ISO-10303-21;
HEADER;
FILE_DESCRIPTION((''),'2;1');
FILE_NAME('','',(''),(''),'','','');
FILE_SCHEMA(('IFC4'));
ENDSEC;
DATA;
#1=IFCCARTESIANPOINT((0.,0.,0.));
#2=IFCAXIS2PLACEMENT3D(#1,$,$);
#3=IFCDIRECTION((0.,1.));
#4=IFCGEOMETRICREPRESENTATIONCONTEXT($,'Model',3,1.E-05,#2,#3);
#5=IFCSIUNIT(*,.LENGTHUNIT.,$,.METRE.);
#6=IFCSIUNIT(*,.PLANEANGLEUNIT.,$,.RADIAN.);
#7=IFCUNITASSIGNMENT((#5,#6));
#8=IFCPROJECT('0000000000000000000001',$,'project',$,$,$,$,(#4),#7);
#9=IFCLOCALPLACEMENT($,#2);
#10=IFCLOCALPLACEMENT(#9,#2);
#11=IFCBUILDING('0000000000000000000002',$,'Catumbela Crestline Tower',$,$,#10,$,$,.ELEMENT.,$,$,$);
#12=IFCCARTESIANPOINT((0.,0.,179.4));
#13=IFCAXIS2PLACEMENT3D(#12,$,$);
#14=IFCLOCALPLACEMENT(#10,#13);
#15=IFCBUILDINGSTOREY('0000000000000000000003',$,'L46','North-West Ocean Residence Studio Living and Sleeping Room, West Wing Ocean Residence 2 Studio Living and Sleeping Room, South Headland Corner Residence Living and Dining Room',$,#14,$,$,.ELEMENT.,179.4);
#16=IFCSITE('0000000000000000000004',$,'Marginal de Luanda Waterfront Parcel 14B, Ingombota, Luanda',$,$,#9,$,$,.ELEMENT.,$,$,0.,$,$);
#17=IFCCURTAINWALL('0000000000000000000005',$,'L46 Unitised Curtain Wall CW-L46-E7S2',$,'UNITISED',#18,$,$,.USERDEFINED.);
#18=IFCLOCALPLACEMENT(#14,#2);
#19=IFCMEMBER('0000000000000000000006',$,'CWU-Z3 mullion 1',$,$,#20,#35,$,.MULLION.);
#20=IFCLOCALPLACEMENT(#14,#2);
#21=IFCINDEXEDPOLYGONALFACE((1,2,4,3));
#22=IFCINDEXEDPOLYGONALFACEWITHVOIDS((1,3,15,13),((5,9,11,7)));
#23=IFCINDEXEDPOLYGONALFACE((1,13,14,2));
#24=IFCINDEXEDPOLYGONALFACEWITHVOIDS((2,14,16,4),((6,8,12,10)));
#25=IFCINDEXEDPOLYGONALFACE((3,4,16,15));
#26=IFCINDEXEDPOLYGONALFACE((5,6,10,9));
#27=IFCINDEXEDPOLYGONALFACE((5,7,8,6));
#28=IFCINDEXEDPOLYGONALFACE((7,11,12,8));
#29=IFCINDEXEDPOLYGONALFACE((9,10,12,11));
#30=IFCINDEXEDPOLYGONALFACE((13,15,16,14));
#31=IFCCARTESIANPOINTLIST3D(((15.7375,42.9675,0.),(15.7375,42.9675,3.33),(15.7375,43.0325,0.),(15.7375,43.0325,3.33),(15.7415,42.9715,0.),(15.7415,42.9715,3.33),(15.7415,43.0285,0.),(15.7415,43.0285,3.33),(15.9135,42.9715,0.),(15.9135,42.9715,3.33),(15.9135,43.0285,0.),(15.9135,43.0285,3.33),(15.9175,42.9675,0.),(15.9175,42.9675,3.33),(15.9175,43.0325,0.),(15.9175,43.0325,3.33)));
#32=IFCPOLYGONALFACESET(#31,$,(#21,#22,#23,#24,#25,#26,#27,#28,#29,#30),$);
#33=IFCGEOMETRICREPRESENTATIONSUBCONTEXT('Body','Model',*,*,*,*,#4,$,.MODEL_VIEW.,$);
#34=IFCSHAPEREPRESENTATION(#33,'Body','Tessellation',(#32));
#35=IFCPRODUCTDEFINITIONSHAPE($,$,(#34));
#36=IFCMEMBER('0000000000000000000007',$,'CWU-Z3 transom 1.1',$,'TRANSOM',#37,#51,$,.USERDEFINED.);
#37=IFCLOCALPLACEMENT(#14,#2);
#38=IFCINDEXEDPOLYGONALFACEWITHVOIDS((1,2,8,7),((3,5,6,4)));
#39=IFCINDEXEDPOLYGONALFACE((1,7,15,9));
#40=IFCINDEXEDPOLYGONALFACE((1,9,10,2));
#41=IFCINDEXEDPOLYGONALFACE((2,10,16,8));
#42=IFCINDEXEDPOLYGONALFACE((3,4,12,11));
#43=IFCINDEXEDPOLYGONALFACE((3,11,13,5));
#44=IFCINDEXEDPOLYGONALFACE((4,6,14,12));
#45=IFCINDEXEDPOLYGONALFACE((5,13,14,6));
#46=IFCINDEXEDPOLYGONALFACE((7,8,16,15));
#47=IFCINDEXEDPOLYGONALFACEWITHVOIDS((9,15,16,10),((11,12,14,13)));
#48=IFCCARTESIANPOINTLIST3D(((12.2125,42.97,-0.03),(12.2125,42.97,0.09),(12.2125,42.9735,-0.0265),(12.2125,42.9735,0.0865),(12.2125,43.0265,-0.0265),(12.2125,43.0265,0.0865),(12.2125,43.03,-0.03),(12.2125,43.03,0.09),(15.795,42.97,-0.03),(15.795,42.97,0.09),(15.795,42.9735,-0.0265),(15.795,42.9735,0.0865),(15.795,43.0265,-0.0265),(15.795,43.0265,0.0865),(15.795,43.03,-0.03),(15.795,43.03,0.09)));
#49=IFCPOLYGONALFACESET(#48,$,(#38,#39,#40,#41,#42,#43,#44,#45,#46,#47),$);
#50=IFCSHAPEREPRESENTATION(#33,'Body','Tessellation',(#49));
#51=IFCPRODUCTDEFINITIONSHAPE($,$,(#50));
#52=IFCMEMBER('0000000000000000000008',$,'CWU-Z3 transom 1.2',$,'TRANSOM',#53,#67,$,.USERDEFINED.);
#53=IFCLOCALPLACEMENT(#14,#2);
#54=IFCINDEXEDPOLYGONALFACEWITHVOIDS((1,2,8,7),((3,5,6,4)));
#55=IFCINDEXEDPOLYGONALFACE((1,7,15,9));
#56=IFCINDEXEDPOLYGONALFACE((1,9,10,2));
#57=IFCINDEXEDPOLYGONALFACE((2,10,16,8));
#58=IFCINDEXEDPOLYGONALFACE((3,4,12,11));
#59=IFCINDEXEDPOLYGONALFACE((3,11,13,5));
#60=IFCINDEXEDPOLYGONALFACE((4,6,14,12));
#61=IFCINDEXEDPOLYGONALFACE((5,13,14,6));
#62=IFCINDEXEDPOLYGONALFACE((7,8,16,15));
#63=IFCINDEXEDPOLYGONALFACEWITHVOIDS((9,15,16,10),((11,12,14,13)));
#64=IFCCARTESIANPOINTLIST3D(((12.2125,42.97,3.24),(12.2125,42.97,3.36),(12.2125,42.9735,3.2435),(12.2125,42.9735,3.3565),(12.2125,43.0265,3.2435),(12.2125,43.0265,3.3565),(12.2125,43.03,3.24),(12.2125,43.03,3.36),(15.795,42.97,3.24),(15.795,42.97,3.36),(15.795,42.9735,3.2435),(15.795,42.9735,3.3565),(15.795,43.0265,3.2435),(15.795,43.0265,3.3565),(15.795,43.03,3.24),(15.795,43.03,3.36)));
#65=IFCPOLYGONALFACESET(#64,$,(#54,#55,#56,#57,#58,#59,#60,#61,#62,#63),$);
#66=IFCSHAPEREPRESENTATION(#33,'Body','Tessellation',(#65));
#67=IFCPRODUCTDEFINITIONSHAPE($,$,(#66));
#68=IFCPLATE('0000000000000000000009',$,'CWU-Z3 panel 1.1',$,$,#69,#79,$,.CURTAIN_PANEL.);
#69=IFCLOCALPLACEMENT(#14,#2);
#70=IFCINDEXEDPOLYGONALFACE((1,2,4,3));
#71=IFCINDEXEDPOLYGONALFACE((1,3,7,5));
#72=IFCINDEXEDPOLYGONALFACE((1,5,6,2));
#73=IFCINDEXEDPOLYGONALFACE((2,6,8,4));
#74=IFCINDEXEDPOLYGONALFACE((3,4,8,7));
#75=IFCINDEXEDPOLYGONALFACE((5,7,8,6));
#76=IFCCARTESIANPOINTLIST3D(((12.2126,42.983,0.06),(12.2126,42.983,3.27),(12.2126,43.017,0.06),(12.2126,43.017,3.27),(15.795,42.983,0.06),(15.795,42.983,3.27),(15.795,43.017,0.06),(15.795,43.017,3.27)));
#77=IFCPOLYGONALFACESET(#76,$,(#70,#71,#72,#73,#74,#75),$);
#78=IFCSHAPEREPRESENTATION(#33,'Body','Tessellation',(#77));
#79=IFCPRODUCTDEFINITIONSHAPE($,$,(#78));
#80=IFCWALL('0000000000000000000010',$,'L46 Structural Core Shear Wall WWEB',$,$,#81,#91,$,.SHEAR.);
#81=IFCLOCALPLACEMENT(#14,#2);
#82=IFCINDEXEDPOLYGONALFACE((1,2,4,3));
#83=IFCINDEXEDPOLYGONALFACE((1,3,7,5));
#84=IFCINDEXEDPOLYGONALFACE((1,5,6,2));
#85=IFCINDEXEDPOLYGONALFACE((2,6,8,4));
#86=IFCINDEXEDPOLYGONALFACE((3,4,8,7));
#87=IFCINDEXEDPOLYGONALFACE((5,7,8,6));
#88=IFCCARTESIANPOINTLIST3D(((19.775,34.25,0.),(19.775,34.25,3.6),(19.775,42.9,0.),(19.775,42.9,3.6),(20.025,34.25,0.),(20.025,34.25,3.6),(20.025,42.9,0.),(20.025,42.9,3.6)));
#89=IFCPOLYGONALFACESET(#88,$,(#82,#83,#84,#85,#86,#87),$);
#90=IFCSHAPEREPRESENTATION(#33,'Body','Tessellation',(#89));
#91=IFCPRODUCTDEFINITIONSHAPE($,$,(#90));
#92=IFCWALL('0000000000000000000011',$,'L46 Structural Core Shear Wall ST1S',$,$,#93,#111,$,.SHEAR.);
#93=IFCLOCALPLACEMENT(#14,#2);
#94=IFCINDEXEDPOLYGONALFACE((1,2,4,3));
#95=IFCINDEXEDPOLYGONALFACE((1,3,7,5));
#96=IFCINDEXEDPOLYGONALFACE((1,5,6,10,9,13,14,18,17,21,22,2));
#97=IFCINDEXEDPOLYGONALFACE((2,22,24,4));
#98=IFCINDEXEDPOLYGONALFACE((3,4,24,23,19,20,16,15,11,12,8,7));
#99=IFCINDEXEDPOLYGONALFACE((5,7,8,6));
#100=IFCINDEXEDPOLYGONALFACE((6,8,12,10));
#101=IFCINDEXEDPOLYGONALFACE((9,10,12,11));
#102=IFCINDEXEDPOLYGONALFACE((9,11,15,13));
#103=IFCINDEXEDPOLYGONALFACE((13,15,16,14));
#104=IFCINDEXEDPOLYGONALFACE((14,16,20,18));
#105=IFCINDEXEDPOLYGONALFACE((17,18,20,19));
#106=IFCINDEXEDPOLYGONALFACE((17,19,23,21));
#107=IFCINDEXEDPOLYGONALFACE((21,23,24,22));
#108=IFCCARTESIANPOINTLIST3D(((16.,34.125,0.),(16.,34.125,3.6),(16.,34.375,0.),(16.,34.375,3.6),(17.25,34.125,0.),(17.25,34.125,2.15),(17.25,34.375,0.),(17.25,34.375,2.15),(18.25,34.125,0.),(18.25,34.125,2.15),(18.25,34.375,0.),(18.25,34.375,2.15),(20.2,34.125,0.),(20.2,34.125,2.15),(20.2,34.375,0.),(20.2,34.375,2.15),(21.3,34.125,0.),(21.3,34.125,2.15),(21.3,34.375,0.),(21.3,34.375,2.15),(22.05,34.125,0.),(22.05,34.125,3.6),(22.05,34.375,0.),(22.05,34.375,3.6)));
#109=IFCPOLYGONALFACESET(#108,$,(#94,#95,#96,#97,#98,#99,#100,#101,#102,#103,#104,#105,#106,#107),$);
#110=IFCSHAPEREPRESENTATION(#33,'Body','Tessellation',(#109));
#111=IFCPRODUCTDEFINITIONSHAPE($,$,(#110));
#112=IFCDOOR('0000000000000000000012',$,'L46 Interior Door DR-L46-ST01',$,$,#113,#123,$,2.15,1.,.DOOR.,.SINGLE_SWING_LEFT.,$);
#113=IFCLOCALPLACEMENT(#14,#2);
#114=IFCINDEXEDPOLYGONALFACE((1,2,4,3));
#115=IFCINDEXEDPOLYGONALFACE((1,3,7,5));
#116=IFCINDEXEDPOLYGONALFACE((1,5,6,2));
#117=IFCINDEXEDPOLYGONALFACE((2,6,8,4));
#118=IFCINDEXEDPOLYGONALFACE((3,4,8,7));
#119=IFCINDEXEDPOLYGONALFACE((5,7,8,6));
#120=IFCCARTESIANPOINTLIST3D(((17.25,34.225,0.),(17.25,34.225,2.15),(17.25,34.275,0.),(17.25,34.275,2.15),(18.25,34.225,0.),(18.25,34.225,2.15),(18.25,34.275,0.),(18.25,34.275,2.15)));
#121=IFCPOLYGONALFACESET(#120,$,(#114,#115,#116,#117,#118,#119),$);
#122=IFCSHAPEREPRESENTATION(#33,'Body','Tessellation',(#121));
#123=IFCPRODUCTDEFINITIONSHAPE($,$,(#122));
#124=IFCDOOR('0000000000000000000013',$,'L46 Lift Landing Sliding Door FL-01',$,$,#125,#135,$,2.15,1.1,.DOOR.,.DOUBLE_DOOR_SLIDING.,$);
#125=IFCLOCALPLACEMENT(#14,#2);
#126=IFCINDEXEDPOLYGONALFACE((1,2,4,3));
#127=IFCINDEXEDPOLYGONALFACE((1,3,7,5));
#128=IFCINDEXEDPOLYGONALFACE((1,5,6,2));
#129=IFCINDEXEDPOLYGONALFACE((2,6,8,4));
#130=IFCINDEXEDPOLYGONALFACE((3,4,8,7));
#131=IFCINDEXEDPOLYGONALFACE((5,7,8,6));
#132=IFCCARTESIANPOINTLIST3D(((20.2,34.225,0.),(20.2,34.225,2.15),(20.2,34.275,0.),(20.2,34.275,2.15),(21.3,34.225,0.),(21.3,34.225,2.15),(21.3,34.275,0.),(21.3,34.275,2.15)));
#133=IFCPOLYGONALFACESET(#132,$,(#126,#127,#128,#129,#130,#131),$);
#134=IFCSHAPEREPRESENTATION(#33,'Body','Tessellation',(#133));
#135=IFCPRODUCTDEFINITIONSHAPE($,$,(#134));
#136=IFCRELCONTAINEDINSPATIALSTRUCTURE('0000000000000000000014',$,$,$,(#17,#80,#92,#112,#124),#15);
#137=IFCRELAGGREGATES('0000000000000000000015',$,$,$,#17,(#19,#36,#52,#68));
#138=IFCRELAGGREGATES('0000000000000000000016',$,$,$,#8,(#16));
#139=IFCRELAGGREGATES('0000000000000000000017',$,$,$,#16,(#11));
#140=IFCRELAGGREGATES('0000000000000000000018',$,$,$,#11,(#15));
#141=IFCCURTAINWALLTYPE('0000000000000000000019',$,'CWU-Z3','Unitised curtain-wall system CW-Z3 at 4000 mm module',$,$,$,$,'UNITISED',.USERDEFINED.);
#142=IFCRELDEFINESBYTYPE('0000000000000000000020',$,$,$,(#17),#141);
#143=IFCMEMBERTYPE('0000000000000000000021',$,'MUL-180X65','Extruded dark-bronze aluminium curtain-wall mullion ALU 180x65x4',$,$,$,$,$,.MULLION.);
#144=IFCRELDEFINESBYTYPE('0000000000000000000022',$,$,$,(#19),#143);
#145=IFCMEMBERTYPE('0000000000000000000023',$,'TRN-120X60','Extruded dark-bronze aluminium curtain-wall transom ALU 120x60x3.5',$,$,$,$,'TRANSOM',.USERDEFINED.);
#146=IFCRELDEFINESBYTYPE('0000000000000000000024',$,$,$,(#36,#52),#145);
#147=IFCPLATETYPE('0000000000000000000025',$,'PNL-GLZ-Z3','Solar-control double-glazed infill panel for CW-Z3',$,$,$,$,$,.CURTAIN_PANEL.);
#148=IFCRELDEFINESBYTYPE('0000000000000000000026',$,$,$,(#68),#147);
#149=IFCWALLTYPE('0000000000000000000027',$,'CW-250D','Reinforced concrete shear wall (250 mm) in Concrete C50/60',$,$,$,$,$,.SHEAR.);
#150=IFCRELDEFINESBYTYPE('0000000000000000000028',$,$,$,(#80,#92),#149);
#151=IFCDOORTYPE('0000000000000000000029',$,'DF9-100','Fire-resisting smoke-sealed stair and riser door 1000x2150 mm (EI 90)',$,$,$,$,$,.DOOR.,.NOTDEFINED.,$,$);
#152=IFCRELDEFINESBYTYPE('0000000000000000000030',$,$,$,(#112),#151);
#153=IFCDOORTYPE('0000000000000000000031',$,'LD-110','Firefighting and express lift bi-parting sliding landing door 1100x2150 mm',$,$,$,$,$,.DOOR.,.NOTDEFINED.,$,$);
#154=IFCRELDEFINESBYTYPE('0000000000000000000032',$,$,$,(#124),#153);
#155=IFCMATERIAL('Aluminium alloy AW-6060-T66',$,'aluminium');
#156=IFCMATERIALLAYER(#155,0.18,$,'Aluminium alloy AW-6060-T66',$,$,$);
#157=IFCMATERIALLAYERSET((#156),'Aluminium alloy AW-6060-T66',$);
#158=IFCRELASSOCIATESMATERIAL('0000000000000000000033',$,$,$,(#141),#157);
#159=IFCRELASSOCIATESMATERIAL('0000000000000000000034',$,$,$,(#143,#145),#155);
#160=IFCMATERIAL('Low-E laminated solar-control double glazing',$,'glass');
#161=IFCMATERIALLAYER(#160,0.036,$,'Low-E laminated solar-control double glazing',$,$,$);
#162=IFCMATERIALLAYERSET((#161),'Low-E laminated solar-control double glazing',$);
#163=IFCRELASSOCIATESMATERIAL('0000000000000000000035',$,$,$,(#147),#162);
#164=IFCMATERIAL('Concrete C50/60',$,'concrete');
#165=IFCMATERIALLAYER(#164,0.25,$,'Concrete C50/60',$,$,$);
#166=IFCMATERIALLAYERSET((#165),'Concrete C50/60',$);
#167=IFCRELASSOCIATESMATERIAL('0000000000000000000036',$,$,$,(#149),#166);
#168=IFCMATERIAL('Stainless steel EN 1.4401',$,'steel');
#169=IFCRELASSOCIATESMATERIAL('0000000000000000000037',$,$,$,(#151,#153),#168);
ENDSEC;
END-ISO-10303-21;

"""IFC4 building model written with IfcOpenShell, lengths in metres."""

from ifc_helpers import new_model, si_unit, direction, frame, frame_2d, origin, origin_2d, place, context, subcontext, project, spatial, rectangle, hollow_rectangle, extrude, material, layer, layer_set, material_profile, profile_set, type_object, element, fill, aggregate, save


model = new_model("IFC4")

# Units and contexts
model_context = context("Model", 3, precision=1e-05, world=origin(), true_north=direction((0.0, 1.0)))
body_context = subcontext(model_context, "Body", "Model", "MODEL_VIEW")
ifc_project = project(units=[si_unit("LENGTHUNIT", "METRE"), si_unit("PLANEANGLEUNIT", "RADIAN")], contexts=[model_context])

# Site, building, storey
site_placement = place(None, origin())
site = spatial("IfcSite", under=ifc_project, at=site_placement, Name="Marginal de Luanda Waterfront Parcel 14B, Ingombota, Luanda", CompositionType="ELEMENT", RefElevation=0.0)
building_placement = place(site_placement, origin())
building = spatial("IfcBuilding", under=site, at=building_placement, Name="Catumbela Crestline Tower", CompositionType="ELEMENT")
storey_placement = place(building_placement, frame((0.0, 0.0, 179.4)))
storey = spatial("IfcBuildingStorey", under=building, at=storey_placement, Name="L46", Description="North-West Ocean Residence Studio Living and Sleeping Room, West Wing Ocean Residence 2 Studio Living and Sleeping Room, South Headland Corner Residence Living and Dining Room", CompositionType="ELEMENT", Elevation=179.4)

# Curtain wall, members, plate
ifc_material_1 = material(Name="Aluminium alloy AW-6060-T66", Category="aluminium")
ifc_layer_1 = layer(ifc_material_1, 0.18, Name="Aluminium alloy AW-6060-T66")
ifc_layer_set_1 = layer_set([ifc_layer_1], Name="Aluminium alloy AW-6060-T66")
curtain_wall_type = type_object("IfcCurtainWallType", Name="CWU-Z3", Description="Unitised curtain-wall system CW-Z3 at 4000 mm module", ElementType="UNITISED", PredefinedType="USERDEFINED", material=ifc_layer_set_1)
curtain_wall_placement = place(storey_placement, origin())
curtain_wall = element("IfcCurtainWall", 1, at=curtain_wall_placement, inside=storey, type_object=curtain_wall_type, Name="L46 Unitised Curtain Wall CW-L46-E7S2", ObjectType="UNITISED", PredefinedType="USERDEFINED")
ifc_material_profile_1 = material_profile(ifc_material_1, hollow_rectangle(XDim=0.065, YDim=0.18, WallThickness=0.004, at=origin_2d()), Name="ALU 180x65x4")
ifc_profile_set_1 = profile_set([ifc_material_profile_1], Name="Aluminium alloy AW-6060-T66")
member_type_1 = type_object("IfcMemberType", Name="MUL-180X65", Description="Extruded dark-bronze aluminium curtain-wall mullion ALU 180x65x4", PredefinedType="MULLION", material=ifc_profile_set_1)
member_1_placement = place(storey_placement, frame((15.8275, 43.0, 0.0), z_axis=(0.0, 0.0, 1.0), x_axis=(0.0, -1.0, 0.0)))
member_1 = element("IfcMember", 2, at=member_1_placement, type_object=member_type_1, Name="CWU-Z3 mullion 1", PredefinedType="MULLION", context=body_context, shape_type="SweptSolid", body=[
    extrude(hollow_rectangle(XDim=0.065, YDim=0.18, WallThickness=0.004, at=origin_2d()), origin(), (0.0, 0.0, 1.0), 3.33),
])
ifc_material_profile_2 = material_profile(ifc_material_1, hollow_rectangle(XDim=0.06, YDim=0.12, WallThickness=0.0035, at=origin_2d()), Name="ALU 120x60x3.5")
ifc_profile_set_2 = profile_set([ifc_material_profile_2], Name="Aluminium alloy AW-6060-T66")
member_type_2 = type_object("IfcMemberType", Name="TRN-120X60", Description="Extruded dark-bronze aluminium curtain-wall transom ALU 120x60x3.5", ElementType="TRANSOM", PredefinedType="USERDEFINED", material=ifc_profile_set_2)
member_2_placement = place(storey_placement, frame((15.795, 43.0, 0.03), z_axis=(-1.0, 0.0, 0.0), x_axis=(0.0, -1.0, 0.0)))
member_2 = element("IfcMember", 3, at=member_2_placement, type_object=member_type_2, Name="CWU-Z3 transom 1.1", ObjectType="TRANSOM", PredefinedType="USERDEFINED", context=body_context, shape_type="SweptSolid", body=[
    extrude(hollow_rectangle(XDim=0.06, YDim=0.12, WallThickness=0.0035, at=origin_2d()), origin(), (0.0, 0.0, 1.0), 3.5825),
])
member_3_placement = place(storey_placement, frame((15.795, 43.0, 3.3), z_axis=(-1.0, 0.0, 0.0), x_axis=(0.0, -1.0, 0.0)))
member_3 = element("IfcMember", 4, at=member_3_placement, type_object=member_type_2, Name="CWU-Z3 transom 1.2", ObjectType="TRANSOM", PredefinedType="USERDEFINED", context=body_context, shape_type="SweptSolid", body=[
    extrude(hollow_rectangle(XDim=0.06, YDim=0.12, WallThickness=0.0035, at=origin_2d()), origin(), (0.0, 0.0, 1.0), 3.5825),
])
ifc_material_2 = material(Name="Low-E laminated solar-control double glazing", Category="glass")
ifc_layer_2 = layer(ifc_material_2, 0.036, Name="Low-E laminated solar-control double glazing")
ifc_layer_set_2 = layer_set([ifc_layer_2], Name="Low-E laminated solar-control double glazing")
plate_type = type_object("IfcPlateType", Name="PNL-GLZ-Z3", Description="Solar-control double-glazed infill panel for CW-Z3", PredefinedType="CURTAIN_PANEL", material=ifc_layer_set_2)
plate_placement = place(storey_placement, frame((14.0038, 43.0, 0.06), z_axis=(0.0, 0.0, 1.0), x_axis=(-1.0, 0.0, 0.0)))
plate = element("IfcPlate", 5, at=plate_placement, type_object=plate_type, Name="CWU-Z3 panel 1.1", PredefinedType="CURTAIN_PANEL", context=body_context, shape_type="SweptSolid", body=[
    extrude(rectangle(XDim=3.5825, YDim=0.034, at=origin_2d()), origin(), (0.0, 0.0, 1.0), 3.21),
])
aggregate(curtain_wall, [member_1, member_2, member_3, plate])

# Wall
ifc_material_3 = material(Name="Concrete C50/60", Category="concrete")
ifc_layer_3 = layer(ifc_material_3, 0.25, Name="Concrete C50/60")
ifc_layer_set_3 = layer_set([ifc_layer_3], Name="Concrete C50/60")
wall_type_1 = type_object("IfcWallType", Name="CW-250D", Description="Reinforced concrete shear wall (250 mm) in Concrete C50/60", PredefinedType="SHEAR", material=ifc_layer_set_3)
wall_1_placement = place(storey_placement, frame((19.9, 34.25, 0.0), z_axis=(0.0, 0.0, 1.0), x_axis=(0.0, 1.0, 0.0)))
element("IfcWall", 6, at=wall_1_placement, inside=storey, type_object=wall_type_1, Name="L46 Structural Core Shear Wall WWEB", PredefinedType="SHEAR", context=body_context, shape_type="SweptSolid", body=[
    extrude(rectangle(XDim=8.65, YDim=0.25, at=frame_2d((4.325, 0.0))), origin(), (0.0, 0.0, 1.0), 3.6),
])

# Wall, openings, doors
wall_2_placement = place(storey_placement, frame((16.0, 34.25, 0.0), z_axis=(0.0, 0.0, 1.0), x_axis=(1.0, 0.0, 0.0)))
wall_2 = element("IfcWall", 7, at=wall_2_placement, inside=storey, type_object=wall_type_1, Name="L46 Structural Core Shear Wall ST1S", PredefinedType="SHEAR", context=body_context, shape_type="SweptSolid", body=[
    extrude(rectangle(XDim=6.05, YDim=0.25, at=frame_2d((3.025, 0.0))), origin(), (0.0, 0.0, 1.0), 3.6),
])
opening_1_placement = place(wall_2_placement, frame((1.25, 0.0, 0.0)))
opening_1 = element("IfcOpeningElement", 8, at=opening_1_placement, cuts=wall_2, PredefinedType="OPENING", context=body_context, shape_type="SweptSolid", body=[
    extrude(rectangle(XDim=1.0, YDim=2.15, at=frame_2d((0.5, 1.075))), frame((0.0, 0.135, 0.0), z_axis=(0.0, -1.0, 0.0), x_axis=(1.0, 0.0, 0.0)), (0.0, 0.0, 1.0), 0.27),
])
opening_2_placement = place(wall_2_placement, frame((4.2, 0.0, 0.0)))
opening_2 = element("IfcOpeningElement", 9, at=opening_2_placement, cuts=wall_2, PredefinedType="OPENING", context=body_context, shape_type="SweptSolid", body=[
    extrude(rectangle(XDim=1.1, YDim=2.15, at=frame_2d((0.55, 1.075))), frame((0.0, 0.135, 0.0), z_axis=(0.0, -1.0, 0.0), x_axis=(1.0, 0.0, 0.0)), (0.0, 0.0, 1.0), 0.27),
])
ifc_material_4 = material(Name="Stainless steel EN 1.4401", Category="steel")
door_type_1 = type_object("IfcDoorType", Name="DF9-100", Description="Fire-resisting smoke-sealed stair and riser door 1000x2150 mm (EI 90)", OperationType="NOTDEFINED", PredefinedType="DOOR", material=ifc_material_4)
door_1_placement = place(opening_1_placement, origin())
door_1 = element("IfcDoor", 10, at=door_1_placement, inside=storey, type_object=door_type_1, Name="L46 Interior Door DR-L46-ST01", OperationType="SINGLE_SWING_LEFT", OverallHeight=2.15, OverallWidth=1.0, PredefinedType="DOOR", context=body_context, shape_type="SweptSolid", body=[
    extrude(rectangle(XDim=1.0, YDim=2.15, at=frame_2d((0.5, 1.075))), frame((0.0, 0.025, 0.0), z_axis=(0.0, -1.0, 0.0), x_axis=(1.0, 0.0, 0.0)), (0.0, 0.0, 1.0), 0.05),
])
fill(opening_1, door_1)
door_type_2 = type_object("IfcDoorType", Name="LD-110", Description="Firefighting and express lift bi-parting sliding landing door 1100x2150 mm", OperationType="NOTDEFINED", PredefinedType="DOOR", material=ifc_material_4)
door_2_placement = place(opening_2_placement, origin())
door_2 = element("IfcDoor", 11, at=door_2_placement, inside=storey, type_object=door_type_2, Name="L46 Lift Landing Sliding Door FL-01", OperationType="DOUBLE_DOOR_SLIDING", OverallHeight=2.15, OverallWidth=1.1, PredefinedType="DOOR", context=body_context, shape_type="SweptSolid", body=[
    extrude(rectangle(XDim=1.1, YDim=2.15, at=frame_2d((0.55, 1.075))), frame((0.0, 0.025, 0.0), z_axis=(0.0, -1.0, 0.0), x_axis=(1.0, 0.0, 0.0)), (0.0, 0.0, 1.0), 0.05),
])
fill(opening_2, door_2)

save(model, "model.ifc")
